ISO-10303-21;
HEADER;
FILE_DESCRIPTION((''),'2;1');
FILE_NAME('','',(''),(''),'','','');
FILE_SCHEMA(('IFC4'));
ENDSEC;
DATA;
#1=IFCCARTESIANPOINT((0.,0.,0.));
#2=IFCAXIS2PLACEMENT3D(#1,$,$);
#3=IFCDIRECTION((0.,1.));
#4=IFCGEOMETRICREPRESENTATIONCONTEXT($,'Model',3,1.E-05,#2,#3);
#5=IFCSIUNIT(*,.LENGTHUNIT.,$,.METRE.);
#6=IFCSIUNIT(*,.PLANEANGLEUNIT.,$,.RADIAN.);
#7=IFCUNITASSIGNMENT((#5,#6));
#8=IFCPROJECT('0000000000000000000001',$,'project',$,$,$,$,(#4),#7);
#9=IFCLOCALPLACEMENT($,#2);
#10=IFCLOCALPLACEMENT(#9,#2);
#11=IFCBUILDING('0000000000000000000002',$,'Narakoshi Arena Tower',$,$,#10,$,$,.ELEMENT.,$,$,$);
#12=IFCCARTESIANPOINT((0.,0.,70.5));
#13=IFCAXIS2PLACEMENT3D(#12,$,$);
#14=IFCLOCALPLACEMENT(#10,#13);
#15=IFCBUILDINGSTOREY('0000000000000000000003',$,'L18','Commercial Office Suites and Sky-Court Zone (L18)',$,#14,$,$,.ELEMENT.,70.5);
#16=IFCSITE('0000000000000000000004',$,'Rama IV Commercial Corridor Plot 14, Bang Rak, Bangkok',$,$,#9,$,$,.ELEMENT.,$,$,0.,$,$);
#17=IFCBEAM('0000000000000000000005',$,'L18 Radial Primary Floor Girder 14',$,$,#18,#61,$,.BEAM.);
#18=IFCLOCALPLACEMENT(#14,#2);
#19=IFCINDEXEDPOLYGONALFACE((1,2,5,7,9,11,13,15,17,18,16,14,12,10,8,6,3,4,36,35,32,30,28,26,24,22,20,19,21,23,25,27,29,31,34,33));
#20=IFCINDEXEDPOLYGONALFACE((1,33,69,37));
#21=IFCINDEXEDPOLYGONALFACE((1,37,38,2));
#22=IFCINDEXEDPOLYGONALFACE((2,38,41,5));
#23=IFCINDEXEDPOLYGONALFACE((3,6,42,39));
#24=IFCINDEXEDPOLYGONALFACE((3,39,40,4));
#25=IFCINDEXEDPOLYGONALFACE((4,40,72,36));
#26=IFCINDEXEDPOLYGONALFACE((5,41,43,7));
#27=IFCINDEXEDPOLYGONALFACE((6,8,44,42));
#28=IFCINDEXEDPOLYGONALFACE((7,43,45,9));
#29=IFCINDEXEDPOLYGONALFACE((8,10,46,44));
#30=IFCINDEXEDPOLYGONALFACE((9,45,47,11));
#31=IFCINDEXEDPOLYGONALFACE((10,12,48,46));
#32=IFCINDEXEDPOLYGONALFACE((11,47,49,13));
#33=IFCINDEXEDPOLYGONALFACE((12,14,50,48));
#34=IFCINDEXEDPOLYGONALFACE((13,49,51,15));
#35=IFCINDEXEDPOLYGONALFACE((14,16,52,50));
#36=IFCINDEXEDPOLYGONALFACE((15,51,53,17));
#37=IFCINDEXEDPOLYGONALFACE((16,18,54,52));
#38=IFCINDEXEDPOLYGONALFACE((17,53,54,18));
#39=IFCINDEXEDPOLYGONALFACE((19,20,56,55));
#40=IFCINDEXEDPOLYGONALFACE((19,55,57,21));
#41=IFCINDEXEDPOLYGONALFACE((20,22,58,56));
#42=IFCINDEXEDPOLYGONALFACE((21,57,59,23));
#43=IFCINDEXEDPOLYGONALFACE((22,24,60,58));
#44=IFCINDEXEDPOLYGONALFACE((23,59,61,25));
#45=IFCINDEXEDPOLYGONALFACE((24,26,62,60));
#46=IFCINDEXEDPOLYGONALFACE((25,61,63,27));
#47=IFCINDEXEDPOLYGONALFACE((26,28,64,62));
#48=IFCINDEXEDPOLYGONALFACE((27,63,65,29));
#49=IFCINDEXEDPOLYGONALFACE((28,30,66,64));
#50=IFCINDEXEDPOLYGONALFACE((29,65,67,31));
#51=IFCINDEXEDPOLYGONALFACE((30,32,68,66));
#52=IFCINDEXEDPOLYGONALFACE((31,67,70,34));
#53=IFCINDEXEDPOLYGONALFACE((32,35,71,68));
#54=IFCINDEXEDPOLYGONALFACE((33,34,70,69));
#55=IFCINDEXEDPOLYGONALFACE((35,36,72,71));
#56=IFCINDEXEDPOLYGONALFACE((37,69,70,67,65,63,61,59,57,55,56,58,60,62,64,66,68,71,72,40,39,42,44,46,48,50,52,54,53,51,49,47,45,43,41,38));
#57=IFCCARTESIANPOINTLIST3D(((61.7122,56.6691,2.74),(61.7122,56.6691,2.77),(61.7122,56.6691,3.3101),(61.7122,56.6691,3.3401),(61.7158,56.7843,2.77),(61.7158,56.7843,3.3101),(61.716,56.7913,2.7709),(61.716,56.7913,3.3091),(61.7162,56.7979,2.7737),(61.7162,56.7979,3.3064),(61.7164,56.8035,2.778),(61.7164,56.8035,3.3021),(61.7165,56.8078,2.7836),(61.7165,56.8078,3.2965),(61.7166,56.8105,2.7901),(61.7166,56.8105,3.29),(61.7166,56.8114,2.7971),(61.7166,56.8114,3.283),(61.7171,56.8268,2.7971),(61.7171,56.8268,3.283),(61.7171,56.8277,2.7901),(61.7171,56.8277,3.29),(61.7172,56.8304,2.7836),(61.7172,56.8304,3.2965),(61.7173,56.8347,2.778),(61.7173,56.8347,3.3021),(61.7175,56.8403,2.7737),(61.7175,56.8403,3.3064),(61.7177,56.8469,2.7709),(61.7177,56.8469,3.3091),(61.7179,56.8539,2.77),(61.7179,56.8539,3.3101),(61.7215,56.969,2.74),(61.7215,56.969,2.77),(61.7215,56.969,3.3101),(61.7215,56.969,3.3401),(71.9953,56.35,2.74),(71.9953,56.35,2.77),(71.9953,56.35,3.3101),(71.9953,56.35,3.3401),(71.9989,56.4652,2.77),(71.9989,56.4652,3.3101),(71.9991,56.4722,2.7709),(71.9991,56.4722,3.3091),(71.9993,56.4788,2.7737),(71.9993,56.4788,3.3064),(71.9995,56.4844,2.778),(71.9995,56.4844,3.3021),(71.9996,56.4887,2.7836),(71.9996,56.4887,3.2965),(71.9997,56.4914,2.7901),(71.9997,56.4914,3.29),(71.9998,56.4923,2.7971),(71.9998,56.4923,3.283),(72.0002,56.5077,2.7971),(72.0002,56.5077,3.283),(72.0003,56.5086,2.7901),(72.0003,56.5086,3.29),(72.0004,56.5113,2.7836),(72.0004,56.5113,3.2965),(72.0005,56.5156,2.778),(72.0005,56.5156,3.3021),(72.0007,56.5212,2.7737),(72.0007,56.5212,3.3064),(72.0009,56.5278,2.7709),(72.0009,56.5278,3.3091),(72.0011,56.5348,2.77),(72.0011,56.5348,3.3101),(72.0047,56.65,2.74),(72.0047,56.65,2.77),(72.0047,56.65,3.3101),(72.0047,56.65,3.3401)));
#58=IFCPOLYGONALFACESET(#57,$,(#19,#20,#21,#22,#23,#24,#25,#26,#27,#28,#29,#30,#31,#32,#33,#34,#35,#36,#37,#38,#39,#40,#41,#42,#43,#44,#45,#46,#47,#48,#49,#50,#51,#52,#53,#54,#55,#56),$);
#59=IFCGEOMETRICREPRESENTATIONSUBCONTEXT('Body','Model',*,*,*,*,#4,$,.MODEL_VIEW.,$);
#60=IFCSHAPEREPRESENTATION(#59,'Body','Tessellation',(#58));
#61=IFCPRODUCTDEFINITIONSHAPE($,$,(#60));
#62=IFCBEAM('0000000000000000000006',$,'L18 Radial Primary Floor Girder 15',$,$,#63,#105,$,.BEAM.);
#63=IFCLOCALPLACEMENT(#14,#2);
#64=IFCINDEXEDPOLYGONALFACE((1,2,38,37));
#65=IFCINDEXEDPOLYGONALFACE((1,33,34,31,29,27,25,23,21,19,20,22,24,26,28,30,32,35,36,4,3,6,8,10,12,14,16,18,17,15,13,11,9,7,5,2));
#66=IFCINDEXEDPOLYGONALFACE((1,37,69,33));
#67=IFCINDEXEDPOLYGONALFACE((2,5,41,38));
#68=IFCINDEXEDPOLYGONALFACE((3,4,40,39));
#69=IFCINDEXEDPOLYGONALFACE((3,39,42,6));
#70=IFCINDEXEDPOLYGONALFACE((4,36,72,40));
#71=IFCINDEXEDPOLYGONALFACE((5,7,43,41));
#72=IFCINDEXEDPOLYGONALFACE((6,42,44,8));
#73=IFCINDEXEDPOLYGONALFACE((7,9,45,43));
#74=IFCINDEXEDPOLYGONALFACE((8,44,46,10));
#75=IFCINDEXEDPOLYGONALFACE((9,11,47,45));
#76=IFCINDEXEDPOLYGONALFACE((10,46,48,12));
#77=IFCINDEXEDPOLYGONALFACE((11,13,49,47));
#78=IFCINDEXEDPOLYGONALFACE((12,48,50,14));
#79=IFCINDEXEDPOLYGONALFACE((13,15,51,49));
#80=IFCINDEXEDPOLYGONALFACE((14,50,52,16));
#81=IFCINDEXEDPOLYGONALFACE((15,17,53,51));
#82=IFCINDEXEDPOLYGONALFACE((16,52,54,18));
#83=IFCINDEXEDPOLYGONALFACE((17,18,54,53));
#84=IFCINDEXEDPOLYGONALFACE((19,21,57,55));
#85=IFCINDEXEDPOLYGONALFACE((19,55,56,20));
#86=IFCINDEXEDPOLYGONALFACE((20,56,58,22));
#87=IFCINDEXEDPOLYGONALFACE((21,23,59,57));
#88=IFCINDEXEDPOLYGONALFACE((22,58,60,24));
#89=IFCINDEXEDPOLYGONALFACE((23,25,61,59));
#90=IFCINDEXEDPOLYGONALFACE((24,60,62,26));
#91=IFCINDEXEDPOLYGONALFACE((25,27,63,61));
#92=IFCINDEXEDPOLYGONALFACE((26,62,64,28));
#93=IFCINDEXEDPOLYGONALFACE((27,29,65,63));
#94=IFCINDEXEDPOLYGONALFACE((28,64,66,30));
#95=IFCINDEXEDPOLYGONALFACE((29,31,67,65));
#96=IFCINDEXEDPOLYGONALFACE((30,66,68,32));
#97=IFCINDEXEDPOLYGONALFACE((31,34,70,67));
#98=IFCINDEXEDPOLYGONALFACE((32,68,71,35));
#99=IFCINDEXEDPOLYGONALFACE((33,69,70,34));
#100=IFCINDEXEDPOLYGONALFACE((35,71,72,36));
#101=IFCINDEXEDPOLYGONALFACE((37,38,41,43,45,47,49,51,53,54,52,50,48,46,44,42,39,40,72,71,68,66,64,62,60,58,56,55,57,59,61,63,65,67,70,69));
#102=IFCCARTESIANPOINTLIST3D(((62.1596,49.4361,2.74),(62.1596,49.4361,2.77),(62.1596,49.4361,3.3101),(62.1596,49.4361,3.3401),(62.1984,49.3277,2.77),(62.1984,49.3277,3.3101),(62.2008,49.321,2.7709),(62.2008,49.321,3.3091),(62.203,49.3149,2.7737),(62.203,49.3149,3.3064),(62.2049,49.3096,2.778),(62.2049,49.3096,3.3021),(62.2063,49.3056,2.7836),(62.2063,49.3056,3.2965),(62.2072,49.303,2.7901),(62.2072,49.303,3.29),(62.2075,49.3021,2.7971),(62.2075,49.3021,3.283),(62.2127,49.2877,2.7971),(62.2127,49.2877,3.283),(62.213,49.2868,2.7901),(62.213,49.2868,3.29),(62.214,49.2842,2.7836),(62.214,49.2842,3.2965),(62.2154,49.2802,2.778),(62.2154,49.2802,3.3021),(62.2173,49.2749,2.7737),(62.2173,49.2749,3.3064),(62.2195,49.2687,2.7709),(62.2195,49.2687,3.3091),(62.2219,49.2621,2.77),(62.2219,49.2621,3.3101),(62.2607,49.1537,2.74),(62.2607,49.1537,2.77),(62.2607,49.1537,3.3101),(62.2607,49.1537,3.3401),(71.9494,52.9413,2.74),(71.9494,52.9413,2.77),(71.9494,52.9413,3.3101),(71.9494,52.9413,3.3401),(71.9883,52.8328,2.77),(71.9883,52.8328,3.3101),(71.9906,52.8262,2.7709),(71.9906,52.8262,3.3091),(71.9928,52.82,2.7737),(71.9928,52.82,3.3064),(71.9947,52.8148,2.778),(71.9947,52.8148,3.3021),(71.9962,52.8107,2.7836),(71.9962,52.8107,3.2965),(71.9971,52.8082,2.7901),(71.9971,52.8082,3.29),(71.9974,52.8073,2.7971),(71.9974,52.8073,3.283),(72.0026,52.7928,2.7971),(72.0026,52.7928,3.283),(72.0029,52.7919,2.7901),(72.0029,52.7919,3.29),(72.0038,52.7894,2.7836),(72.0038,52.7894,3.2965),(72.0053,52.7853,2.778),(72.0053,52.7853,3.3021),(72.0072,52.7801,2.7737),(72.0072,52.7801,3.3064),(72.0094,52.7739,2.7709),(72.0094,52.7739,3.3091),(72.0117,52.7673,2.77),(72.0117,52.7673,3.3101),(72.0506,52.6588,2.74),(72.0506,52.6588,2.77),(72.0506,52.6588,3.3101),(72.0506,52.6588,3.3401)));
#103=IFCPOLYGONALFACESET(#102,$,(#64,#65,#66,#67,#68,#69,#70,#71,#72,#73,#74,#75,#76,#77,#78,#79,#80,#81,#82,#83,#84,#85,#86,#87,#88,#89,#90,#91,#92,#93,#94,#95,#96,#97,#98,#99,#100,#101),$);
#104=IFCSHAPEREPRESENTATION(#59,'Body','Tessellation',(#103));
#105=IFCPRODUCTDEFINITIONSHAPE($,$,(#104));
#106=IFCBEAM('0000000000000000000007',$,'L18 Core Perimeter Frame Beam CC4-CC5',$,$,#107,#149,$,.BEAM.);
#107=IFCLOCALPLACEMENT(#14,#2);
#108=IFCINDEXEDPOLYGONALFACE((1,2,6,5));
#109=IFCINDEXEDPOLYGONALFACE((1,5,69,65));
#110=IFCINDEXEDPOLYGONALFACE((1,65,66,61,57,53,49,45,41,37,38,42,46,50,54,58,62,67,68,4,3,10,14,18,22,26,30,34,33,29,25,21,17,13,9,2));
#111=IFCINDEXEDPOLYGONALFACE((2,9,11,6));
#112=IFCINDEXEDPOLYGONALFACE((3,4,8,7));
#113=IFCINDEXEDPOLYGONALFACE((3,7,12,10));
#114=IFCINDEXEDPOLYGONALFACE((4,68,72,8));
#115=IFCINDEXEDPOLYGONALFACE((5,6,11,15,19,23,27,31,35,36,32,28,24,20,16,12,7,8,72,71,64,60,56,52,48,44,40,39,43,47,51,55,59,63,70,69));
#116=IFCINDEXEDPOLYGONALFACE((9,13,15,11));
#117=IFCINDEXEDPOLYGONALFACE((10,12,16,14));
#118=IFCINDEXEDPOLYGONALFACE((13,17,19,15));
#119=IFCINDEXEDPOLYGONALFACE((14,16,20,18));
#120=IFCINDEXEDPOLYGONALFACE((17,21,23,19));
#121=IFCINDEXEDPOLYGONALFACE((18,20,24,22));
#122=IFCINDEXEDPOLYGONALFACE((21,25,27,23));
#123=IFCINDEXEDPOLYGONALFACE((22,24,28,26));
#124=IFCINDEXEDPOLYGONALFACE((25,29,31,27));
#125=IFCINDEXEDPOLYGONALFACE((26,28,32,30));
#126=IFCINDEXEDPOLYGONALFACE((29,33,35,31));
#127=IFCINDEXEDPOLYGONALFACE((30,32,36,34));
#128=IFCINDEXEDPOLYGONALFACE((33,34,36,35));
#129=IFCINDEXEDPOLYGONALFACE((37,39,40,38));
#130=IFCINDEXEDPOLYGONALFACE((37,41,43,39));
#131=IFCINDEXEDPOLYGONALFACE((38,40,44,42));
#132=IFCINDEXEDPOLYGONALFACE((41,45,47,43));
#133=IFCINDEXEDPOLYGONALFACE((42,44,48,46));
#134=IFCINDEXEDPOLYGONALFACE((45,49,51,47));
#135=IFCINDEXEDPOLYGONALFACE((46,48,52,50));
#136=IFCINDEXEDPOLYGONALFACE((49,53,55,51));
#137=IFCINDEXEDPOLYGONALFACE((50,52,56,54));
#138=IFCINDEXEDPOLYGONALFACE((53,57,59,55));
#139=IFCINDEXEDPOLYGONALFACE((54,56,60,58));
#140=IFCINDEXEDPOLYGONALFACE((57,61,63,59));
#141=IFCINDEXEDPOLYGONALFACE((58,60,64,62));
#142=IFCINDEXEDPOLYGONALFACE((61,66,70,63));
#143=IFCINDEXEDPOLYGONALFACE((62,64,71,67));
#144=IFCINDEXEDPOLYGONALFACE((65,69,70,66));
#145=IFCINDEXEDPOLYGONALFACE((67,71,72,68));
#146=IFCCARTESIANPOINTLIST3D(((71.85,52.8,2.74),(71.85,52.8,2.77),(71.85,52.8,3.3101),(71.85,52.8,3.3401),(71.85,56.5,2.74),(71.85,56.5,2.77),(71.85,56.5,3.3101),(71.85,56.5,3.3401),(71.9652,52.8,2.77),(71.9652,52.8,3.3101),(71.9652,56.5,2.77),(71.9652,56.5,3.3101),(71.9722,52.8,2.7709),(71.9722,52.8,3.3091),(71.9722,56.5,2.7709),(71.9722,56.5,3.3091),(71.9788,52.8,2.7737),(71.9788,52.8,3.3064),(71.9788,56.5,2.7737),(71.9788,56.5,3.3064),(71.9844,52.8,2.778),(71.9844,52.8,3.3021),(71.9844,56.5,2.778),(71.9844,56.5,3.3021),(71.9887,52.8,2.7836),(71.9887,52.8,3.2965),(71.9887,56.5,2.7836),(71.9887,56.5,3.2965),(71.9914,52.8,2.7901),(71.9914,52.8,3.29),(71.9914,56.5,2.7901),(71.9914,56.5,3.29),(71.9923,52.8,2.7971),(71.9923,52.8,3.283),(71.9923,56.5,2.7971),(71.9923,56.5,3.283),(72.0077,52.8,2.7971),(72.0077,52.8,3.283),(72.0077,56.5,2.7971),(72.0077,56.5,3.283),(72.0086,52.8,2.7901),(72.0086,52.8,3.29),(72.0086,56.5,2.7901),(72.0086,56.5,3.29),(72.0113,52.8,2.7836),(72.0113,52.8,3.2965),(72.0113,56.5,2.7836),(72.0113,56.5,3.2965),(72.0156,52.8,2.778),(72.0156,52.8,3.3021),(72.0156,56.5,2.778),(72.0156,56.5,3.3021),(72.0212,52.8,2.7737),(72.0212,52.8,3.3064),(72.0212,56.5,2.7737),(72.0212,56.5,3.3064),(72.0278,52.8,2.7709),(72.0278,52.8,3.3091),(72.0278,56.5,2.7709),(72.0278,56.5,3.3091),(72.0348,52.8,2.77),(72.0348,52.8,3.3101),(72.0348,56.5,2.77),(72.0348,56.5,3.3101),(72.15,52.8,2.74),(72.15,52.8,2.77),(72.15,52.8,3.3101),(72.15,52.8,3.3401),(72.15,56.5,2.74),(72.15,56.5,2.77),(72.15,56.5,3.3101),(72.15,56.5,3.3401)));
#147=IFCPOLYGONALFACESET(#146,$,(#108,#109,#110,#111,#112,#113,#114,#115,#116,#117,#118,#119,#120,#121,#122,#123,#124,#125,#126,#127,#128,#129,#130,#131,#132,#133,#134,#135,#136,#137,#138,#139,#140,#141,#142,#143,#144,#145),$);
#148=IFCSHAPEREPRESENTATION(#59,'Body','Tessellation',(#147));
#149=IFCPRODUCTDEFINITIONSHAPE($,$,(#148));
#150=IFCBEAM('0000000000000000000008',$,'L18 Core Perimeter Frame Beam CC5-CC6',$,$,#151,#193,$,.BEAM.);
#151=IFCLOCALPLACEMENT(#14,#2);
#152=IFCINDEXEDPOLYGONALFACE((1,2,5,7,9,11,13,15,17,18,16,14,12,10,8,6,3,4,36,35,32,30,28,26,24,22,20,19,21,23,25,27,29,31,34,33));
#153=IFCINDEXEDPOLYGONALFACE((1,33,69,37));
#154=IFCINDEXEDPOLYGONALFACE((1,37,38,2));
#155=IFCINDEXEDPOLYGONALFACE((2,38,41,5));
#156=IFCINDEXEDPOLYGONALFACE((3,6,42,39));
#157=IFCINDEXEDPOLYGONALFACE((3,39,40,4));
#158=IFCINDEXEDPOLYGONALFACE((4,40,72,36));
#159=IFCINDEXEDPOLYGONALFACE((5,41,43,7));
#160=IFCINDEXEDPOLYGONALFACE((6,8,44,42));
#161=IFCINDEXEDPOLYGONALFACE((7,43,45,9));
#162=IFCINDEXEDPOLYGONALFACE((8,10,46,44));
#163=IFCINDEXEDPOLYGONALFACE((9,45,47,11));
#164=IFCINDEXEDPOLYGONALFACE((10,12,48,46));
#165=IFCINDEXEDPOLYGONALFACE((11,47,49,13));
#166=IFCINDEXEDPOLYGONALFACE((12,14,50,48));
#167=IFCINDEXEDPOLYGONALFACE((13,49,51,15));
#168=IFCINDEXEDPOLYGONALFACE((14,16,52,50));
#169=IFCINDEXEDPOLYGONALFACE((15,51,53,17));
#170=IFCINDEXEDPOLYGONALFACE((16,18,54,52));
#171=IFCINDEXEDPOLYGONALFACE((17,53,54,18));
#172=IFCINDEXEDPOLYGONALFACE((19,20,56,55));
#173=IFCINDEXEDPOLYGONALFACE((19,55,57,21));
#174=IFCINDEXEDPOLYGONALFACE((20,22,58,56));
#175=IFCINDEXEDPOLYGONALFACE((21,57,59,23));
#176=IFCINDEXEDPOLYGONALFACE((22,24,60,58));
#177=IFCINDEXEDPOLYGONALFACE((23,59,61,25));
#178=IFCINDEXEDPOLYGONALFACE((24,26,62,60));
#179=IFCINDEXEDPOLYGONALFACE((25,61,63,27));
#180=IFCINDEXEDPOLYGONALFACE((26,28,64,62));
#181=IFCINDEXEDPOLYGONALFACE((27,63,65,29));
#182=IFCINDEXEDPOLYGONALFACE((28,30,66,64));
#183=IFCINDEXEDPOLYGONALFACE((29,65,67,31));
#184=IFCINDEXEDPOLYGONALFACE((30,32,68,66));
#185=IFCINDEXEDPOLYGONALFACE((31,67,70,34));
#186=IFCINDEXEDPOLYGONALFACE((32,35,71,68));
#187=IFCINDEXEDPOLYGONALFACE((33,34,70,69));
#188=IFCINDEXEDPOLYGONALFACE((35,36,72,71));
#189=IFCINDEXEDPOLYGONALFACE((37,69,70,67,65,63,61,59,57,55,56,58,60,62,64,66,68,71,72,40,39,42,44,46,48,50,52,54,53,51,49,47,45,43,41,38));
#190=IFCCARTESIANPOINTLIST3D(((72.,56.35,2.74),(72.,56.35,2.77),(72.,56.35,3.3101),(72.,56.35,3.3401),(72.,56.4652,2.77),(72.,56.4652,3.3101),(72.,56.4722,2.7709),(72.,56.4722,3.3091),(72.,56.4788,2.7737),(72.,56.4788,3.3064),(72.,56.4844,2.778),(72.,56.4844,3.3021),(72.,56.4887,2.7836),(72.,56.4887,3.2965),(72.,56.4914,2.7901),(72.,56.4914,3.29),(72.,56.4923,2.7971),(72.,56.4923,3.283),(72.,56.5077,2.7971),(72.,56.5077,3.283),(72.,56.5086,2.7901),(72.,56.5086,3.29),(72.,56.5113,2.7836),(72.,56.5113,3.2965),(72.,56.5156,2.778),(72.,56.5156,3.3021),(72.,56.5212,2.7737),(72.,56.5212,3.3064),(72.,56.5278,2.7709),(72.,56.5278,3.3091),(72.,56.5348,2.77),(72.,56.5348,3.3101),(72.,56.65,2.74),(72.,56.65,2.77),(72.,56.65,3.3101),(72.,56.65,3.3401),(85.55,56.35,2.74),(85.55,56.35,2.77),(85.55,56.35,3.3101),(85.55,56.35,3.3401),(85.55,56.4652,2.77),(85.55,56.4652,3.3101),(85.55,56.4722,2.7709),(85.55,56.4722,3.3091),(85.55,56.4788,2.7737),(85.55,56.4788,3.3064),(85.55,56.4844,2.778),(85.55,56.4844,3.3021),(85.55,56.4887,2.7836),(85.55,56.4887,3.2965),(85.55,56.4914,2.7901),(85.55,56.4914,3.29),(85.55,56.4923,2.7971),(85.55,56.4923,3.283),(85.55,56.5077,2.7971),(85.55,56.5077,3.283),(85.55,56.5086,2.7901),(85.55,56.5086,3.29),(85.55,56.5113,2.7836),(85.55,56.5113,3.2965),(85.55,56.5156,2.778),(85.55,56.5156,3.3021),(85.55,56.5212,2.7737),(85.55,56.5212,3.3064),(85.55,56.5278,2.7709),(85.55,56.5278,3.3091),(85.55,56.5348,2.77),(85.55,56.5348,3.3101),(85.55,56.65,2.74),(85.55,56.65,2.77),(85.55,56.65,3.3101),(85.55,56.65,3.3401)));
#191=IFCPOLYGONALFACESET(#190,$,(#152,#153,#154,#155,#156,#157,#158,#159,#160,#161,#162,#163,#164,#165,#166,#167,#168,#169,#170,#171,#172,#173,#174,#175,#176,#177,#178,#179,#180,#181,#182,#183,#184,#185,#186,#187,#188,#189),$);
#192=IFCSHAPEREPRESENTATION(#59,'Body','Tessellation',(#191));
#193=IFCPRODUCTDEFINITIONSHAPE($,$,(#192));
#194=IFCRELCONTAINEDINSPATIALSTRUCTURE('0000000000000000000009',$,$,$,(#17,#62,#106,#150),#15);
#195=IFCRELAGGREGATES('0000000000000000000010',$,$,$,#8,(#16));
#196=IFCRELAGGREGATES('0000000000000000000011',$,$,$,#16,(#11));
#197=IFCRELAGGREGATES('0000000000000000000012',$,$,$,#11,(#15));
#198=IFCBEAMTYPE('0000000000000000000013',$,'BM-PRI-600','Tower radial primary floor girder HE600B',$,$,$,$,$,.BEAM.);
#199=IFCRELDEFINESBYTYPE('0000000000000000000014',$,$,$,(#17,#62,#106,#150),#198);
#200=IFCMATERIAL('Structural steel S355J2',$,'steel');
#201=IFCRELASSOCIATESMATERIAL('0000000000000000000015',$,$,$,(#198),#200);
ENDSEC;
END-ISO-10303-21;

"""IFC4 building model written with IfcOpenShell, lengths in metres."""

from ifc_helpers import new_model, si_unit, direction, frame, origin, origin_2d, place, context, subcontext, project, spatial, i_section, extrude, material, material_profile, profile_set, type_object, element, save


model = new_model("IFC4")

# Units and contexts
model_context = context("Model", 3, precision=1e-05, world=origin(), true_north=direction((0.0, 1.0)))
body_context = subcontext(model_context, "Body", "Model", "MODEL_VIEW")
ifc_project = project(units=[si_unit("LENGTHUNIT", "METRE"), si_unit("PLANEANGLEUNIT", "RADIAN")], contexts=[model_context])

# Site, building, storey
site_placement = place(None, origin())
site = spatial("IfcSite", under=ifc_project, at=site_placement, Name="Rama IV Commercial Corridor Plot 14, Bang Rak, Bangkok", CompositionType="ELEMENT", RefElevation=0.0)
building_placement = place(site_placement, origin())
building = spatial("IfcBuilding", under=site, at=building_placement, Name="Narakoshi Arena Tower", CompositionType="ELEMENT")
storey_placement = place(building_placement, frame((0.0, 0.0, 70.5)))
storey = spatial("IfcBuildingStorey", under=building, at=storey_placement, Name="L18", Description="Commercial Office Suites and Sky-Court Zone (L18)", CompositionType="ELEMENT", Elevation=70.5)

# Beams
ifc_material_1 = material(Name="Structural steel S355J2", Category="steel")
ifc_material_profile_1 = material_profile(ifc_material_1, i_section(OverallWidth=0.3, OverallDepth=0.6001, WebThickness=0.0154, FlangeThickness=0.03, FilletRadius=0.0271, at=origin_2d()), Name="HE600B")
ifc_profile_set_1 = profile_set([ifc_material_profile_1], Name="Structural steel S355J2")
beam_type = type_object("IfcBeamType", Name="BM-PRI-600", Description="Tower radial primary floor girder HE600B", PredefinedType="BEAM", material=ifc_profile_set_1)
beam_1_placement = place(storey_placement, frame((72.0, 56.5, 3.04), z_axis=(-0.999519, 0.031015, 0.0), x_axis=(-0.031015, -0.999519, 0.0)))
element("IfcBeam", 1, at=beam_1_placement, inside=storey, type_object=beam_type, Name="L18 Radial Primary Floor Girder 14", PredefinedType="BEAM", context=body_context, shape_type="SweptSolid", body=[
    extrude(i_section(OverallWidth=0.3, OverallDepth=0.6001, WebThickness=0.0154, FlangeThickness=0.03, FilletRadius=0.0271, at=origin_2d()), origin(), (0.0, 0.0, 1.0), 10.2881),
])
beam_2_placement = place(storey_placement, frame((72.0, 52.8, 3.04), z_axis=(-0.941474, -0.337084, 0.0), x_axis=(0.337084, -0.941474, 0.0)))
element("IfcBeam", 2, at=beam_2_placement, inside=storey, type_object=beam_type, Name="L18 Radial Primary Floor Girder 15", PredefinedType="BEAM", context=body_context, shape_type="SweptSolid", body=[
    extrude(i_section(OverallWidth=0.3, OverallDepth=0.6001, WebThickness=0.0154, FlangeThickness=0.03, FilletRadius=0.0271, at=origin_2d()), origin(), (0.0, 0.0, 1.0), 10.3984),
])
beam_3_placement = place(storey_placement, frame((72.0, 52.8, 3.04), z_axis=(0.0, 1.0, 0.0), x_axis=(-1.0, 0.0, 0.0)))
element("IfcBeam", 3, at=beam_3_placement, inside=storey, type_object=beam_type, Name="L18 Core Perimeter Frame Beam CC4-CC5", PredefinedType="BEAM", context=body_context, shape_type="SweptSolid", body=[
    extrude(i_section(OverallWidth=0.3, OverallDepth=0.6001, WebThickness=0.0154, FlangeThickness=0.03, FilletRadius=0.0271, at=origin_2d()), origin(), (0.0, 0.0, 1.0), 3.7),
])
beam_4_placement = place(storey_placement, frame((72.0, 56.5, 3.04), z_axis=(1.0, 0.0, 0.0), x_axis=(0.0, 1.0, 0.0)))
element("IfcBeam", 4, at=beam_4_placement, inside=storey, type_object=beam_type, Name="L18 Core Perimeter Frame Beam CC5-CC6", PredefinedType="BEAM", context=body_context, shape_type="SweptSolid", body=[
    extrude(i_section(OverallWidth=0.3, OverallDepth=0.6001, WebThickness=0.0154, FlangeThickness=0.03, FilletRadius=0.0271, at=origin_2d()), origin(), (0.0, 0.0, 1.0), 13.55),
])

save(model, "model.ifc")
